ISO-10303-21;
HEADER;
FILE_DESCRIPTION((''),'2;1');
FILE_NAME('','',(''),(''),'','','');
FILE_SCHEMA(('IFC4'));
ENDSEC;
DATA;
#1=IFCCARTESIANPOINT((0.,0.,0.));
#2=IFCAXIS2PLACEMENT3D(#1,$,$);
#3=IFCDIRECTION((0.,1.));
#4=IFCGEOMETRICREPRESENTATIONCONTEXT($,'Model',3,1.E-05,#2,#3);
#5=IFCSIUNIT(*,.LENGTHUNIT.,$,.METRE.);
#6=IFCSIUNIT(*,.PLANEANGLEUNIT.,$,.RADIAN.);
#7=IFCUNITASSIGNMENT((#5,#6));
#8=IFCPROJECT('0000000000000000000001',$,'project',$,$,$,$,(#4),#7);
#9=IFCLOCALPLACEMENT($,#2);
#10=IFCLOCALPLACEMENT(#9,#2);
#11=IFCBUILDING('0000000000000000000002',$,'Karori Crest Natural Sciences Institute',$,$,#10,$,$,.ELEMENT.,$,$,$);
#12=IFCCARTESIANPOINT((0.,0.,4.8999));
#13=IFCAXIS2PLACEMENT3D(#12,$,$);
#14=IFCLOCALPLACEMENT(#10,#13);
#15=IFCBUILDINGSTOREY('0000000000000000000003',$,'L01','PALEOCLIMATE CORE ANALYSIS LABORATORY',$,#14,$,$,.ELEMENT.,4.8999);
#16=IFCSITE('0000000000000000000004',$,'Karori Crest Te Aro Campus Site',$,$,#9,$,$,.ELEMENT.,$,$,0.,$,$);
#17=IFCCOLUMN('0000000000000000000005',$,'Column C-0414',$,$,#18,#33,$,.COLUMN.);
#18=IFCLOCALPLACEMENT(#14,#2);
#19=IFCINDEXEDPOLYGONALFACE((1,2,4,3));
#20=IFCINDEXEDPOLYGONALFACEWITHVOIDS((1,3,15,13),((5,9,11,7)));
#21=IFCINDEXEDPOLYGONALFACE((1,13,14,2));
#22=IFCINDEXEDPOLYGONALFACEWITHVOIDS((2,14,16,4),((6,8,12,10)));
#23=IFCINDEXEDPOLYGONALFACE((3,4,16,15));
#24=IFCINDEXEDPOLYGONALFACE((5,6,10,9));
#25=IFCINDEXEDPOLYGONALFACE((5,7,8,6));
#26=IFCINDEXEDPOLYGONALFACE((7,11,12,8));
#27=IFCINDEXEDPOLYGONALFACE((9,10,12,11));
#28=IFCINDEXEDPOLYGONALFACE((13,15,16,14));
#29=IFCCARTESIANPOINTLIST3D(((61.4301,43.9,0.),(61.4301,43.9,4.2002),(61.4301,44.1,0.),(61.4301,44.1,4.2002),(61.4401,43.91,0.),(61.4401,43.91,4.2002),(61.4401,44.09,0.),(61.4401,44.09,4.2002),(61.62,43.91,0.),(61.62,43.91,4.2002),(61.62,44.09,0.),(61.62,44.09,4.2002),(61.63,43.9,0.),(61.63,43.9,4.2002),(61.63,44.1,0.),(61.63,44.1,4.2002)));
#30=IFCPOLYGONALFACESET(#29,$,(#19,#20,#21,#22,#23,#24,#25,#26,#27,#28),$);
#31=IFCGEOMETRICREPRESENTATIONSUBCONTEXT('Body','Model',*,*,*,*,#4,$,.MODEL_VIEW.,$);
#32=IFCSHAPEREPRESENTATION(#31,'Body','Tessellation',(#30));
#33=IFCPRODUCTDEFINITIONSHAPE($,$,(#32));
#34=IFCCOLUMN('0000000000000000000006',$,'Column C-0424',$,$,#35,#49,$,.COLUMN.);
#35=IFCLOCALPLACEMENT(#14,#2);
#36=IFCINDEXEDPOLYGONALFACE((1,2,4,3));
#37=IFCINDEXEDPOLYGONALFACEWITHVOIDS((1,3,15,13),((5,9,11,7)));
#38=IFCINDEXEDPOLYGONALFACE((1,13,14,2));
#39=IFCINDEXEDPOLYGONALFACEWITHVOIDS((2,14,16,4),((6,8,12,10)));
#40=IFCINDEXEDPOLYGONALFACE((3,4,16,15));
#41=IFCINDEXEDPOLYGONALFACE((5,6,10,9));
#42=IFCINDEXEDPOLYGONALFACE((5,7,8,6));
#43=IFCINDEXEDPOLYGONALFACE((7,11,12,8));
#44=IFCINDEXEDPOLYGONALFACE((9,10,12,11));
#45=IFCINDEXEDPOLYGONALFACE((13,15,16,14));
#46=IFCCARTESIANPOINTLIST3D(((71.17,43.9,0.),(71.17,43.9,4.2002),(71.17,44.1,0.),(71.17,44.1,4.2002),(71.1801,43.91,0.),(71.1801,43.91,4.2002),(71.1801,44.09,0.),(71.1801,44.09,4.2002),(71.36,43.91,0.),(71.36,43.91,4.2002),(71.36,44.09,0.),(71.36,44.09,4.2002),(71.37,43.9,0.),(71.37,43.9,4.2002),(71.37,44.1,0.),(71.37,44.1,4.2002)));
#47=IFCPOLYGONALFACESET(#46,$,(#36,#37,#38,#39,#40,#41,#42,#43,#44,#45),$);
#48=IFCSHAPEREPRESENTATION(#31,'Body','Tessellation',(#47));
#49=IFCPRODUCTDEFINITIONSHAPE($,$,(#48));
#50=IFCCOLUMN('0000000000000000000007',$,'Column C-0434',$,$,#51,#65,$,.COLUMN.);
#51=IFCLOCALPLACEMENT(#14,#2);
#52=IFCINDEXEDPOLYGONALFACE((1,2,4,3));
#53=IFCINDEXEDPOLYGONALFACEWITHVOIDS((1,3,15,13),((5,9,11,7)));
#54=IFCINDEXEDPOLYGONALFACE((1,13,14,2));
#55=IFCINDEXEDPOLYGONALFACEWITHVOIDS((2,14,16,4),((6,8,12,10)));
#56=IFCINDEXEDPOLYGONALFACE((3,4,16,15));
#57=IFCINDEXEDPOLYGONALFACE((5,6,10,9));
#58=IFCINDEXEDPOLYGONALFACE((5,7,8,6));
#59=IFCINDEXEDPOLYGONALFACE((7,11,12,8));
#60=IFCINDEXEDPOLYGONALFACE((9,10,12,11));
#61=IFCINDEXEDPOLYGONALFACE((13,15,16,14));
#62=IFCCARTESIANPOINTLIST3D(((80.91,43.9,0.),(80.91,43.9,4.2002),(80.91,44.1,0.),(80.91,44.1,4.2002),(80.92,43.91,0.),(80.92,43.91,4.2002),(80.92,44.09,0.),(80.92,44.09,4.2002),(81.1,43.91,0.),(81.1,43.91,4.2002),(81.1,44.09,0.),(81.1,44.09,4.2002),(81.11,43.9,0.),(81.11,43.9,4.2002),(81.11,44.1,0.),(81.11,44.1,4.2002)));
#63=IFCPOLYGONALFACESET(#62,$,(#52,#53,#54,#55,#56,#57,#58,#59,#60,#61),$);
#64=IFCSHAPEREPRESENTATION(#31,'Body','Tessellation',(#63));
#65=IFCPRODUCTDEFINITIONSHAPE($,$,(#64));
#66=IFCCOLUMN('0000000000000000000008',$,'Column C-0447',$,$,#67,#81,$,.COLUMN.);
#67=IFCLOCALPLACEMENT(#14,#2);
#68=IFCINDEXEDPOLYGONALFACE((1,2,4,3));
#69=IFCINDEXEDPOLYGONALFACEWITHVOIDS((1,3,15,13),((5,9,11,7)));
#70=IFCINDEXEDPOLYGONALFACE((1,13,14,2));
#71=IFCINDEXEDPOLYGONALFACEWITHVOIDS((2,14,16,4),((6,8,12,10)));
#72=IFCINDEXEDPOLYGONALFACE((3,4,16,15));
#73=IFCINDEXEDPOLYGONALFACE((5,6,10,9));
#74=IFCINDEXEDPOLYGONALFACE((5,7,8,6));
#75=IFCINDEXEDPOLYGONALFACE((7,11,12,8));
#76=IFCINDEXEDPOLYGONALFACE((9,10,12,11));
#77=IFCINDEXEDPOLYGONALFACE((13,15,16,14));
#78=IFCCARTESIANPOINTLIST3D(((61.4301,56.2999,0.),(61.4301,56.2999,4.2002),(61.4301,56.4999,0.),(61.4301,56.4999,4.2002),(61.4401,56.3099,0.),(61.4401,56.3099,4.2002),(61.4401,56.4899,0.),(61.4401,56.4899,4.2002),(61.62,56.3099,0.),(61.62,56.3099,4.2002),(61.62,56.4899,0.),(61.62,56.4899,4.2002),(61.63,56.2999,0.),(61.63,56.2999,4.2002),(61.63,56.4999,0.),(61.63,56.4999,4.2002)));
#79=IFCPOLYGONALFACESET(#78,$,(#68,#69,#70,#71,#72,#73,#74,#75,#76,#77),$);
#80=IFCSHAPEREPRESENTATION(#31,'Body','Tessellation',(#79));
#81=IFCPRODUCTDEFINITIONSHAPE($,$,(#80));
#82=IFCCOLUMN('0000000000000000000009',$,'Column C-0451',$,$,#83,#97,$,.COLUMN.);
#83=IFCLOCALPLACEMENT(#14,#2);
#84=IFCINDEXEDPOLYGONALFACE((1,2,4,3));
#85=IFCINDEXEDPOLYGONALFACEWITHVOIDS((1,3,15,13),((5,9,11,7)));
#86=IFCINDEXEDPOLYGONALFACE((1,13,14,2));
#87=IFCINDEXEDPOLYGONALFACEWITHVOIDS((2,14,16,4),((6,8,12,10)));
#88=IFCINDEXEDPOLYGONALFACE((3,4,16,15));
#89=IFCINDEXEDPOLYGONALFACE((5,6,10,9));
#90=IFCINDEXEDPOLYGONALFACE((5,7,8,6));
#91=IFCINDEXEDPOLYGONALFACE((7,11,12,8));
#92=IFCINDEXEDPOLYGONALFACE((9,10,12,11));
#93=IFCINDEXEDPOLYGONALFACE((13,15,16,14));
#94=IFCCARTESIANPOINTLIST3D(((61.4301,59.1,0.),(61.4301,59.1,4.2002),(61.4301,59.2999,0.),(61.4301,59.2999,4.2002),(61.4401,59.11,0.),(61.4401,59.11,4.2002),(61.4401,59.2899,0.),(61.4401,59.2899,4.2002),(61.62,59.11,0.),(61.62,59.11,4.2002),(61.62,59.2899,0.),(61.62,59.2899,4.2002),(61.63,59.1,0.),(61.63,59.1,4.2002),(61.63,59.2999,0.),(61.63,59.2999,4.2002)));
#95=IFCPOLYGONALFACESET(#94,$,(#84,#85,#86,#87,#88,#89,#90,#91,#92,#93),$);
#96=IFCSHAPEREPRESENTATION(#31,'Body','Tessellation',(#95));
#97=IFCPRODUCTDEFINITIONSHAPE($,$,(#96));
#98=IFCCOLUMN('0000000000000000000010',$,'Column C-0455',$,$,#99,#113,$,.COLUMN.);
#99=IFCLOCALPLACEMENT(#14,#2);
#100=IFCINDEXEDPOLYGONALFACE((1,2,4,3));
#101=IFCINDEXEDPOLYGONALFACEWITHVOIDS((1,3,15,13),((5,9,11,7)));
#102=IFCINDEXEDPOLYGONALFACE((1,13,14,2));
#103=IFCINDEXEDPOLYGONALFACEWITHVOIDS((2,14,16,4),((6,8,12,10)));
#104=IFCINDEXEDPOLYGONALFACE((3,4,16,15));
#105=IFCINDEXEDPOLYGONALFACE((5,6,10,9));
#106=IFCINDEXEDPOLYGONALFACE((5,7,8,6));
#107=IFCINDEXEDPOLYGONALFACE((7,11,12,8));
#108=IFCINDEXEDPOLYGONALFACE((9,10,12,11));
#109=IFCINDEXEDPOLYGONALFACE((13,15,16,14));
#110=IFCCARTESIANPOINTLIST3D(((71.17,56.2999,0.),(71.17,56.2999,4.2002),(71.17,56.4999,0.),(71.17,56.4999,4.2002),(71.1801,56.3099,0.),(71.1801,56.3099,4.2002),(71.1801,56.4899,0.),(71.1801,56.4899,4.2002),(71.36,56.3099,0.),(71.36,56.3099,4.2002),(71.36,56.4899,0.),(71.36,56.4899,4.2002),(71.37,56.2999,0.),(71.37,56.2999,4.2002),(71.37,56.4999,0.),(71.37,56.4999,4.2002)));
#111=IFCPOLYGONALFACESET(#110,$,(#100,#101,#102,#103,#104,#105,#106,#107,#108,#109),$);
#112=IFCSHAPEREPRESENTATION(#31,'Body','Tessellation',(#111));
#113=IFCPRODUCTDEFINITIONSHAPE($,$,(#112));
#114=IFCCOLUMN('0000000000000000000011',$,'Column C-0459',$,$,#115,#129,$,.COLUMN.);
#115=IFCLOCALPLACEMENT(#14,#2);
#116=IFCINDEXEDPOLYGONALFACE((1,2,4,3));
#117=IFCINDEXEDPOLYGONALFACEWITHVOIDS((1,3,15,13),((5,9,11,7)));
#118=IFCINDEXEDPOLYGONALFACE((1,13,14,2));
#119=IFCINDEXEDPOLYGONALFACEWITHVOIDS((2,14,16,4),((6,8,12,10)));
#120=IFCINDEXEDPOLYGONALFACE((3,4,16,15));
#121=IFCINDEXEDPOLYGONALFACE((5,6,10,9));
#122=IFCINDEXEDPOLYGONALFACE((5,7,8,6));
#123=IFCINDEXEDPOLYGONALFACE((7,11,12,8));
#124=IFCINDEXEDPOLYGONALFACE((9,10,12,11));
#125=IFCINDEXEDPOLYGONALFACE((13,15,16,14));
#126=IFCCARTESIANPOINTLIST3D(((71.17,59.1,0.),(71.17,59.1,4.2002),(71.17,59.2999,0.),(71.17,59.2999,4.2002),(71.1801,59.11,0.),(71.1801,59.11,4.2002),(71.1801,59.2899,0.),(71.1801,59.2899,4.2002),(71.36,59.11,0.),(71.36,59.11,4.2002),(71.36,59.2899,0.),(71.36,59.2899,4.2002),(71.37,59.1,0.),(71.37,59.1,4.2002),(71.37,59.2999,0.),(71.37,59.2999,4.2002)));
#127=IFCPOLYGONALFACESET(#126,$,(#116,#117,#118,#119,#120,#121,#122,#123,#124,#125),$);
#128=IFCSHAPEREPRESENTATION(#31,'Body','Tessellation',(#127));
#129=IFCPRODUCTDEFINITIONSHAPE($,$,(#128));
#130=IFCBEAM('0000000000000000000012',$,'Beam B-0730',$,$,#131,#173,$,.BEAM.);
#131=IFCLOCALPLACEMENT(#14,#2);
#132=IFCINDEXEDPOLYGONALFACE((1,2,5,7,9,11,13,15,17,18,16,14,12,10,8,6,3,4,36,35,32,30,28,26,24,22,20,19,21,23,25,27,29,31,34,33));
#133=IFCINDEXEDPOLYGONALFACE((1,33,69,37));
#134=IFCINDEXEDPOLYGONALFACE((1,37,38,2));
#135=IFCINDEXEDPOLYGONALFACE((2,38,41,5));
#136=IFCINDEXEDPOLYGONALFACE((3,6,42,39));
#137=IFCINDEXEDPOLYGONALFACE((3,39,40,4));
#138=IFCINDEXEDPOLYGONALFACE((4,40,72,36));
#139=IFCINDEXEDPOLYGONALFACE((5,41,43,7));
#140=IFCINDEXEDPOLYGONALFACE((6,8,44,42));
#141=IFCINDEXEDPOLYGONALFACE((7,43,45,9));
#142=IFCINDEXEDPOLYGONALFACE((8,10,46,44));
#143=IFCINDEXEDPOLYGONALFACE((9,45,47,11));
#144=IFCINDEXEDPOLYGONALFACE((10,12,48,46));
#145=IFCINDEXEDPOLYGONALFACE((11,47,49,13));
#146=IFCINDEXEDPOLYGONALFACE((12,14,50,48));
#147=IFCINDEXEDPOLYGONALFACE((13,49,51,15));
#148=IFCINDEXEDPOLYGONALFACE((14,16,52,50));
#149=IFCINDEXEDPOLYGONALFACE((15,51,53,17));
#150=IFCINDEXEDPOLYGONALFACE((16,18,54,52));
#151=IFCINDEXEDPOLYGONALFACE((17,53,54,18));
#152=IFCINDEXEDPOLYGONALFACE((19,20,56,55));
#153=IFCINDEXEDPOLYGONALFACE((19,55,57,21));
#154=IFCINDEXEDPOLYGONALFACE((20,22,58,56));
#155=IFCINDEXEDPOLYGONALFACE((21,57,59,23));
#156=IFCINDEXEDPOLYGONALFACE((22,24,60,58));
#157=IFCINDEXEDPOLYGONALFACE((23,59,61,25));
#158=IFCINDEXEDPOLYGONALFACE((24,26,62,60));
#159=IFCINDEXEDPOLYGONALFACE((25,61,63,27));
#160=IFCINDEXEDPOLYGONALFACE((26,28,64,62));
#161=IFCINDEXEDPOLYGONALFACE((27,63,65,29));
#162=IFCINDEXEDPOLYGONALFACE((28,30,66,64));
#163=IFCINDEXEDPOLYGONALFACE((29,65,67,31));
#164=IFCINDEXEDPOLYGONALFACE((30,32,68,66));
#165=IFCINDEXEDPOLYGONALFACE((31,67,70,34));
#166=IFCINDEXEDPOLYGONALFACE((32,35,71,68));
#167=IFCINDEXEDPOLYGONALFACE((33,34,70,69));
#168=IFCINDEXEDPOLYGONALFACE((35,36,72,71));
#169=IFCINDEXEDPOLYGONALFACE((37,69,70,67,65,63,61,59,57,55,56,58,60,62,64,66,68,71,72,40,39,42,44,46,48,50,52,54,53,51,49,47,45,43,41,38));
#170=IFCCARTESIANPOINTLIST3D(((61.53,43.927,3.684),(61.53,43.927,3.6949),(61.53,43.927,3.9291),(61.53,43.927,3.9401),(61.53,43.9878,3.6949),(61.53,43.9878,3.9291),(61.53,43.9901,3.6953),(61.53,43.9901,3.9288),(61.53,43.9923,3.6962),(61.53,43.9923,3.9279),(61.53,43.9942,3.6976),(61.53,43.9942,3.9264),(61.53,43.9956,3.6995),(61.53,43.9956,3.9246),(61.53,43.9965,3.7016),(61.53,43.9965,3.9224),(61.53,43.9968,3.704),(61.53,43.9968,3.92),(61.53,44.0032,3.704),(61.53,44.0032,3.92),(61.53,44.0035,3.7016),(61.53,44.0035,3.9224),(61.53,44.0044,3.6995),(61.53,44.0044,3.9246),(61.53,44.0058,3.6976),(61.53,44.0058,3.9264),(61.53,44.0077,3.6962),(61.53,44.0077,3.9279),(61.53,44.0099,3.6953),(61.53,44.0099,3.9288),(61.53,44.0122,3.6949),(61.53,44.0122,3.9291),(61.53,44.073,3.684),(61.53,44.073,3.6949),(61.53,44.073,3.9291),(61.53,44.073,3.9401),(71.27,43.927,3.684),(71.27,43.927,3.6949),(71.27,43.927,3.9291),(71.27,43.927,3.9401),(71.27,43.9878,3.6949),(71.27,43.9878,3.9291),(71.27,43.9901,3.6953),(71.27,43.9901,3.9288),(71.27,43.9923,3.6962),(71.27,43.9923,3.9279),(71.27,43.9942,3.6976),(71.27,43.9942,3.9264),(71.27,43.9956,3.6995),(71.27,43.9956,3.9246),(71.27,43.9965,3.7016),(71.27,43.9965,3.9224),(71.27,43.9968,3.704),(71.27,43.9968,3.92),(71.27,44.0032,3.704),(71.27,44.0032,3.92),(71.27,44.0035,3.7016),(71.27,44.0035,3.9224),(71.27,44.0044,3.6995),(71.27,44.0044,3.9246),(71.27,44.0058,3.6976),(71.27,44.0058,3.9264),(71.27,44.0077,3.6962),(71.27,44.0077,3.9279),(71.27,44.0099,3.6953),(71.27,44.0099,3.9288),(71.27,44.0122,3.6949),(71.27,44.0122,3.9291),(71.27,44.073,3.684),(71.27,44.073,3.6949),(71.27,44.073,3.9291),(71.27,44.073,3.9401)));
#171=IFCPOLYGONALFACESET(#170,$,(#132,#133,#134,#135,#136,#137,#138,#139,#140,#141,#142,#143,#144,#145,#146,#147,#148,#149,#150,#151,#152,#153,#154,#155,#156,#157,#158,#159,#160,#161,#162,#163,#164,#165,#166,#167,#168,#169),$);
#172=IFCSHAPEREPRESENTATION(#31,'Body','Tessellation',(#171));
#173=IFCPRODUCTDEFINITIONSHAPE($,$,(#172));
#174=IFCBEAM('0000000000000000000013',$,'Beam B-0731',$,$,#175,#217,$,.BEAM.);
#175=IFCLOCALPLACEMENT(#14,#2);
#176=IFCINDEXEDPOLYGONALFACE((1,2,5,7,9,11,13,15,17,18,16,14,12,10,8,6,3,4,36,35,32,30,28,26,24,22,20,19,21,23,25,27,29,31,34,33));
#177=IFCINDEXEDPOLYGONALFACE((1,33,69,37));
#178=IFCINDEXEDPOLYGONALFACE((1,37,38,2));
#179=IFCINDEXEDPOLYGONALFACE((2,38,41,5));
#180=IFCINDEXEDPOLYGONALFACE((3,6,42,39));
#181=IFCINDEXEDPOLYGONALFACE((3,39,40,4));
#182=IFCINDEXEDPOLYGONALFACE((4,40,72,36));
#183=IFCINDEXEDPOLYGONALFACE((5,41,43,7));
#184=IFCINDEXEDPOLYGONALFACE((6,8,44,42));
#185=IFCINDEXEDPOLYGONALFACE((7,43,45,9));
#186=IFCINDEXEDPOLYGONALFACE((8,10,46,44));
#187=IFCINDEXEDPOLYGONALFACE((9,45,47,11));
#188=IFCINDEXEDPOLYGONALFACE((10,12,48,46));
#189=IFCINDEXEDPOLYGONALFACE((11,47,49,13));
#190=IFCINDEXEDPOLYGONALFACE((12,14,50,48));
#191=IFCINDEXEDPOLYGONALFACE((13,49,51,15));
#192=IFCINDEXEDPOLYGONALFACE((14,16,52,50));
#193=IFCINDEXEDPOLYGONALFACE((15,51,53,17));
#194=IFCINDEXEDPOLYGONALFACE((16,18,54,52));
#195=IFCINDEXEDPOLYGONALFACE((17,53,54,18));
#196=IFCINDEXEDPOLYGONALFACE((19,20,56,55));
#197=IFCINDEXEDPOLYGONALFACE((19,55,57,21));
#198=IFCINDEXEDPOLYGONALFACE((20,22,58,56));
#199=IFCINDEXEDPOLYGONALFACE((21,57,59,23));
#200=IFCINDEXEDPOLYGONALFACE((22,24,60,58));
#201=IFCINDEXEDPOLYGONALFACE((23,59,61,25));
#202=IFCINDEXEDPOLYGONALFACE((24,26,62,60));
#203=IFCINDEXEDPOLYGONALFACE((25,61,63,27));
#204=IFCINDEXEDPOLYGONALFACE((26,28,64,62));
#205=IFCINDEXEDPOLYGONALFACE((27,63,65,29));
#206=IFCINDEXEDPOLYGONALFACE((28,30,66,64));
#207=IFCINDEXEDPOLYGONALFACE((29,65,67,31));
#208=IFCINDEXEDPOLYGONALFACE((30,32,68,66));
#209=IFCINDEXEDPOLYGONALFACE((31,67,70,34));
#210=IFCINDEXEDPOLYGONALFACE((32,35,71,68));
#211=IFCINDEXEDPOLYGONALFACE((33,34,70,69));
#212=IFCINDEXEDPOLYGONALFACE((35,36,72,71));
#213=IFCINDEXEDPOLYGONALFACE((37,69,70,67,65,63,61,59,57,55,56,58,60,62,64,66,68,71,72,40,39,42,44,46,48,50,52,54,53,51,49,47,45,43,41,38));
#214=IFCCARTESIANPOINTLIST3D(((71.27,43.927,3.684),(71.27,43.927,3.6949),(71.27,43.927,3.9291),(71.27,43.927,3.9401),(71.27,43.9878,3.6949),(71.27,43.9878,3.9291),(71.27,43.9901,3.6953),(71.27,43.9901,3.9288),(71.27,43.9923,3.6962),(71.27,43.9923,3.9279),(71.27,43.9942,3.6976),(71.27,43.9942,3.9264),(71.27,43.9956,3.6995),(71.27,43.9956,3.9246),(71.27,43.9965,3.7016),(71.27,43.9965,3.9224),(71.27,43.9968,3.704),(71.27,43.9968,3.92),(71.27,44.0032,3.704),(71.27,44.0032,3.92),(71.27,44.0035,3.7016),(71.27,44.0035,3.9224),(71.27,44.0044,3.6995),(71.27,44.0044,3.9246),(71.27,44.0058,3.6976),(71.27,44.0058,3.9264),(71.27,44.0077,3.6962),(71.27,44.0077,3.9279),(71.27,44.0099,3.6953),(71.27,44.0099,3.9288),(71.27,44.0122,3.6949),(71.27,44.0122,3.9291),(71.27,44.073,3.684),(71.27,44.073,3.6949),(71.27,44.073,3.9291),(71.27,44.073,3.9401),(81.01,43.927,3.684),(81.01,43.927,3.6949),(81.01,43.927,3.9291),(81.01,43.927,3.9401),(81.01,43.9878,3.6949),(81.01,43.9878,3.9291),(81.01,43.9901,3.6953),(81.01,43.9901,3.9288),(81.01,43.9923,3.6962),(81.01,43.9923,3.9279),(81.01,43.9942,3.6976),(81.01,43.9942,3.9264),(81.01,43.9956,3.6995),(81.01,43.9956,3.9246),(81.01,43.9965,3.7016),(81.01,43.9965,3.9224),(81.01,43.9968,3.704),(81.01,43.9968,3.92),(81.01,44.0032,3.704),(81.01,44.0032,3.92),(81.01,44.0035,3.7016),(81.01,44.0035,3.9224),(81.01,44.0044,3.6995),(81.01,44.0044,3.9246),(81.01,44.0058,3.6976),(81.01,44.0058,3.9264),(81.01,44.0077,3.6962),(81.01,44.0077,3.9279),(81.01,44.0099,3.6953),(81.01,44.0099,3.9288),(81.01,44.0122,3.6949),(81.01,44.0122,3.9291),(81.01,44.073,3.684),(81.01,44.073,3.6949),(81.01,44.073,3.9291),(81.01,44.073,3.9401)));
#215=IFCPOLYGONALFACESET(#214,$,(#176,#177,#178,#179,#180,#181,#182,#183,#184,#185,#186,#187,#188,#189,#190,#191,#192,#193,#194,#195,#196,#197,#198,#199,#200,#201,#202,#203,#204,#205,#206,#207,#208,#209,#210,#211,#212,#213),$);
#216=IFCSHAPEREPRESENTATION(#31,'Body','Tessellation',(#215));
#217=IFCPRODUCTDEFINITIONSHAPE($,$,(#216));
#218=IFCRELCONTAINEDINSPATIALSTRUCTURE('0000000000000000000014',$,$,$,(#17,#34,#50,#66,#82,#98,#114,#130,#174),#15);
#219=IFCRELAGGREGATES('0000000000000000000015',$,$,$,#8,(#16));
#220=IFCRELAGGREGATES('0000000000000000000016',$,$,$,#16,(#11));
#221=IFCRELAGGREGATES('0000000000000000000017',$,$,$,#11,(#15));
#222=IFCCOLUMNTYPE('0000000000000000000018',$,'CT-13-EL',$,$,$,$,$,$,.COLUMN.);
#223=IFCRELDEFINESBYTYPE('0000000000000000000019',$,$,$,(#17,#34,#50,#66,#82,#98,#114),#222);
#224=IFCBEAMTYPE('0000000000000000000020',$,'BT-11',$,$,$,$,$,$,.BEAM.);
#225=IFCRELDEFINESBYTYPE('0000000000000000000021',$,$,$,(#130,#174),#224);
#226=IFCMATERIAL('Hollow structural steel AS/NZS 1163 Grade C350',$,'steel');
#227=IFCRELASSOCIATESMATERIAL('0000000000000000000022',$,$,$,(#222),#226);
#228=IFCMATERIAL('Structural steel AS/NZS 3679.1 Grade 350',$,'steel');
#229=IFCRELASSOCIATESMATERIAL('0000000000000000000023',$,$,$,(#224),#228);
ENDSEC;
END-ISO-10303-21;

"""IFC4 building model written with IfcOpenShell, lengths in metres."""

from ifc_helpers import new_model, si_unit, direction, frame, origin, origin_2d, place, context, subcontext, project, spatial, hollow_rectangle, i_section, extrude, material, material_profile, profile_set, type_object, element, save


model = new_model("IFC4")

# Units and contexts
model_context = context("Model", 3, precision=1e-05, world=origin(), true_north=direction((0.0, 1.0)))
body_context = subcontext(model_context, "Body", "Model", "MODEL_VIEW")
ifc_project = project(units=[si_unit("LENGTHUNIT", "METRE"), si_unit("PLANEANGLEUNIT", "RADIAN")], contexts=[model_context])

# Site, building, storey
site_placement = place(None, origin())
site = spatial("IfcSite", under=ifc_project, at=site_placement, Name="Karori Crest Te Aro Campus Site", CompositionType="ELEMENT", RefElevation=0.0)
building_placement = place(site_placement, origin())
building = spatial("IfcBuilding", under=site, at=building_placement, Name="Karori Crest Natural Sciences Institute", CompositionType="ELEMENT")
storey_placement = place(building_placement, frame((0.0, 0.0, 4.8999)))
storey = spatial("IfcBuildingStorey", under=building, at=storey_placement, Name="L01", Description="PALEOCLIMATE CORE ANALYSIS LABORATORY", CompositionType="ELEMENT", Elevation=4.8999)

# Columns
ifc_material_1 = material(Name="Hollow structural steel AS/NZS 1163 Grade C350", Category="steel")
ifc_material_profile_1 = material_profile(ifc_material_1, hollow_rectangle(XDim=0.2, YDim=0.2, WallThickness=0.01, at=origin_2d()), Name="SHS200x200x10")
ifc_profile_set_1 = profile_set([ifc_material_profile_1], Name="Hollow structural steel AS/NZS 1163 Grade C350")
column_type = type_object("IfcColumnType", Name="CT-13-EL", PredefinedType="COLUMN", material=ifc_profile_set_1)
for number, where, z_axis, x_axis, name in (
    (1, (61.53, 44.0, 0.0), (0.0, 0.0, 1.0), (1.0, 0.0, 0.0), "Column C-0414"),
    (2, (71.27, 44.0, 0.0), (0.0, 0.0, 1.0), (1.0, 0.0, 0.0), "Column C-0424"),
    (3, (81.01, 44.0, 0.0), (0.0, 0.0, 1.0), (1.0, 0.0, 0.0), "Column C-0434"),
    (4, (61.53, 56.3999, 0.0), (0.0, 0.0, 1.0), (1.0, 0.0, 0.0), "Column C-0447"),
    (5, (61.53, 59.2, 0.0), (0.0, 0.0, 1.0), (1.0, 0.0, 0.0), "Column C-0451"),
    (6, (71.27, 56.3999, 0.0), (0.0, 0.0, 1.0), (1.0, 0.0, 0.0), "Column C-0455"),
    (7, (71.27, 59.2, 0.0), (0.0, 0.0, 1.0), (1.0, 0.0, 0.0), "Column C-0459"),
):
    element("IfcColumn", number, at=place(storey_placement, frame(where, z_axis=z_axis, x_axis=x_axis)), inside=storey, type_object=column_type, Name=name, PredefinedType="COLUMN", context=body_context, shape_type="SweptSolid", body=[
        extrude(hollow_rectangle(XDim=0.2, YDim=0.2, WallThickness=0.01, at=origin_2d()), origin(), (0.0, 0.0, 1.0), 4.2002),
    ])

# Beams
ifc_material_2 = material(Name="Structural steel AS/NZS 3679.1 Grade 350", Category="steel")
ifc_material_profile_2 = material_profile(ifc_material_2, i_section(OverallWidth=0.146, OverallDepth=0.2561, WebThickness=0.0063, FlangeThickness=0.011, FilletRadius=0.009, at=origin_2d()), Name="250UB37.3")
ifc_profile_set_2 = profile_set([ifc_material_profile_2], Name="Structural steel AS/NZS 3679.1 Grade 350")
beam_type_1 = type_object("IfcBeamType", Name="BT-11", PredefinedType="BEAM", material=ifc_profile_set_2)
for number, where, z_axis, x_axis, name in (
    (8, (61.53, 44.0, 3.812), (1.0, 0.0, 0.0), (0.0, 1.0, 0.0), "Beam B-0730"),
    (9, (71.27, 44.0, 3.812), (1.0, 0.0, 0.0), (0.0, 1.0, 0.0), "Beam B-0731"),
):
    element("IfcBeam", number, at=place(storey_placement, frame(where, z_axis=z_axis, x_axis=x_axis)), inside=storey, type_object=beam_type_1, Name=name, PredefinedType="BEAM", context=body_context, shape_type="SweptSolid", body=[
        extrude(i_section(OverallWidth=0.146, OverallDepth=0.2561, WebThickness=0.0063, FlangeThickness=0.011, FilletRadius=0.009, at=origin_2d()), origin(), (0.0, 0.0, 1.0), 9.74),
    ])

save(model, "model.ifc")
